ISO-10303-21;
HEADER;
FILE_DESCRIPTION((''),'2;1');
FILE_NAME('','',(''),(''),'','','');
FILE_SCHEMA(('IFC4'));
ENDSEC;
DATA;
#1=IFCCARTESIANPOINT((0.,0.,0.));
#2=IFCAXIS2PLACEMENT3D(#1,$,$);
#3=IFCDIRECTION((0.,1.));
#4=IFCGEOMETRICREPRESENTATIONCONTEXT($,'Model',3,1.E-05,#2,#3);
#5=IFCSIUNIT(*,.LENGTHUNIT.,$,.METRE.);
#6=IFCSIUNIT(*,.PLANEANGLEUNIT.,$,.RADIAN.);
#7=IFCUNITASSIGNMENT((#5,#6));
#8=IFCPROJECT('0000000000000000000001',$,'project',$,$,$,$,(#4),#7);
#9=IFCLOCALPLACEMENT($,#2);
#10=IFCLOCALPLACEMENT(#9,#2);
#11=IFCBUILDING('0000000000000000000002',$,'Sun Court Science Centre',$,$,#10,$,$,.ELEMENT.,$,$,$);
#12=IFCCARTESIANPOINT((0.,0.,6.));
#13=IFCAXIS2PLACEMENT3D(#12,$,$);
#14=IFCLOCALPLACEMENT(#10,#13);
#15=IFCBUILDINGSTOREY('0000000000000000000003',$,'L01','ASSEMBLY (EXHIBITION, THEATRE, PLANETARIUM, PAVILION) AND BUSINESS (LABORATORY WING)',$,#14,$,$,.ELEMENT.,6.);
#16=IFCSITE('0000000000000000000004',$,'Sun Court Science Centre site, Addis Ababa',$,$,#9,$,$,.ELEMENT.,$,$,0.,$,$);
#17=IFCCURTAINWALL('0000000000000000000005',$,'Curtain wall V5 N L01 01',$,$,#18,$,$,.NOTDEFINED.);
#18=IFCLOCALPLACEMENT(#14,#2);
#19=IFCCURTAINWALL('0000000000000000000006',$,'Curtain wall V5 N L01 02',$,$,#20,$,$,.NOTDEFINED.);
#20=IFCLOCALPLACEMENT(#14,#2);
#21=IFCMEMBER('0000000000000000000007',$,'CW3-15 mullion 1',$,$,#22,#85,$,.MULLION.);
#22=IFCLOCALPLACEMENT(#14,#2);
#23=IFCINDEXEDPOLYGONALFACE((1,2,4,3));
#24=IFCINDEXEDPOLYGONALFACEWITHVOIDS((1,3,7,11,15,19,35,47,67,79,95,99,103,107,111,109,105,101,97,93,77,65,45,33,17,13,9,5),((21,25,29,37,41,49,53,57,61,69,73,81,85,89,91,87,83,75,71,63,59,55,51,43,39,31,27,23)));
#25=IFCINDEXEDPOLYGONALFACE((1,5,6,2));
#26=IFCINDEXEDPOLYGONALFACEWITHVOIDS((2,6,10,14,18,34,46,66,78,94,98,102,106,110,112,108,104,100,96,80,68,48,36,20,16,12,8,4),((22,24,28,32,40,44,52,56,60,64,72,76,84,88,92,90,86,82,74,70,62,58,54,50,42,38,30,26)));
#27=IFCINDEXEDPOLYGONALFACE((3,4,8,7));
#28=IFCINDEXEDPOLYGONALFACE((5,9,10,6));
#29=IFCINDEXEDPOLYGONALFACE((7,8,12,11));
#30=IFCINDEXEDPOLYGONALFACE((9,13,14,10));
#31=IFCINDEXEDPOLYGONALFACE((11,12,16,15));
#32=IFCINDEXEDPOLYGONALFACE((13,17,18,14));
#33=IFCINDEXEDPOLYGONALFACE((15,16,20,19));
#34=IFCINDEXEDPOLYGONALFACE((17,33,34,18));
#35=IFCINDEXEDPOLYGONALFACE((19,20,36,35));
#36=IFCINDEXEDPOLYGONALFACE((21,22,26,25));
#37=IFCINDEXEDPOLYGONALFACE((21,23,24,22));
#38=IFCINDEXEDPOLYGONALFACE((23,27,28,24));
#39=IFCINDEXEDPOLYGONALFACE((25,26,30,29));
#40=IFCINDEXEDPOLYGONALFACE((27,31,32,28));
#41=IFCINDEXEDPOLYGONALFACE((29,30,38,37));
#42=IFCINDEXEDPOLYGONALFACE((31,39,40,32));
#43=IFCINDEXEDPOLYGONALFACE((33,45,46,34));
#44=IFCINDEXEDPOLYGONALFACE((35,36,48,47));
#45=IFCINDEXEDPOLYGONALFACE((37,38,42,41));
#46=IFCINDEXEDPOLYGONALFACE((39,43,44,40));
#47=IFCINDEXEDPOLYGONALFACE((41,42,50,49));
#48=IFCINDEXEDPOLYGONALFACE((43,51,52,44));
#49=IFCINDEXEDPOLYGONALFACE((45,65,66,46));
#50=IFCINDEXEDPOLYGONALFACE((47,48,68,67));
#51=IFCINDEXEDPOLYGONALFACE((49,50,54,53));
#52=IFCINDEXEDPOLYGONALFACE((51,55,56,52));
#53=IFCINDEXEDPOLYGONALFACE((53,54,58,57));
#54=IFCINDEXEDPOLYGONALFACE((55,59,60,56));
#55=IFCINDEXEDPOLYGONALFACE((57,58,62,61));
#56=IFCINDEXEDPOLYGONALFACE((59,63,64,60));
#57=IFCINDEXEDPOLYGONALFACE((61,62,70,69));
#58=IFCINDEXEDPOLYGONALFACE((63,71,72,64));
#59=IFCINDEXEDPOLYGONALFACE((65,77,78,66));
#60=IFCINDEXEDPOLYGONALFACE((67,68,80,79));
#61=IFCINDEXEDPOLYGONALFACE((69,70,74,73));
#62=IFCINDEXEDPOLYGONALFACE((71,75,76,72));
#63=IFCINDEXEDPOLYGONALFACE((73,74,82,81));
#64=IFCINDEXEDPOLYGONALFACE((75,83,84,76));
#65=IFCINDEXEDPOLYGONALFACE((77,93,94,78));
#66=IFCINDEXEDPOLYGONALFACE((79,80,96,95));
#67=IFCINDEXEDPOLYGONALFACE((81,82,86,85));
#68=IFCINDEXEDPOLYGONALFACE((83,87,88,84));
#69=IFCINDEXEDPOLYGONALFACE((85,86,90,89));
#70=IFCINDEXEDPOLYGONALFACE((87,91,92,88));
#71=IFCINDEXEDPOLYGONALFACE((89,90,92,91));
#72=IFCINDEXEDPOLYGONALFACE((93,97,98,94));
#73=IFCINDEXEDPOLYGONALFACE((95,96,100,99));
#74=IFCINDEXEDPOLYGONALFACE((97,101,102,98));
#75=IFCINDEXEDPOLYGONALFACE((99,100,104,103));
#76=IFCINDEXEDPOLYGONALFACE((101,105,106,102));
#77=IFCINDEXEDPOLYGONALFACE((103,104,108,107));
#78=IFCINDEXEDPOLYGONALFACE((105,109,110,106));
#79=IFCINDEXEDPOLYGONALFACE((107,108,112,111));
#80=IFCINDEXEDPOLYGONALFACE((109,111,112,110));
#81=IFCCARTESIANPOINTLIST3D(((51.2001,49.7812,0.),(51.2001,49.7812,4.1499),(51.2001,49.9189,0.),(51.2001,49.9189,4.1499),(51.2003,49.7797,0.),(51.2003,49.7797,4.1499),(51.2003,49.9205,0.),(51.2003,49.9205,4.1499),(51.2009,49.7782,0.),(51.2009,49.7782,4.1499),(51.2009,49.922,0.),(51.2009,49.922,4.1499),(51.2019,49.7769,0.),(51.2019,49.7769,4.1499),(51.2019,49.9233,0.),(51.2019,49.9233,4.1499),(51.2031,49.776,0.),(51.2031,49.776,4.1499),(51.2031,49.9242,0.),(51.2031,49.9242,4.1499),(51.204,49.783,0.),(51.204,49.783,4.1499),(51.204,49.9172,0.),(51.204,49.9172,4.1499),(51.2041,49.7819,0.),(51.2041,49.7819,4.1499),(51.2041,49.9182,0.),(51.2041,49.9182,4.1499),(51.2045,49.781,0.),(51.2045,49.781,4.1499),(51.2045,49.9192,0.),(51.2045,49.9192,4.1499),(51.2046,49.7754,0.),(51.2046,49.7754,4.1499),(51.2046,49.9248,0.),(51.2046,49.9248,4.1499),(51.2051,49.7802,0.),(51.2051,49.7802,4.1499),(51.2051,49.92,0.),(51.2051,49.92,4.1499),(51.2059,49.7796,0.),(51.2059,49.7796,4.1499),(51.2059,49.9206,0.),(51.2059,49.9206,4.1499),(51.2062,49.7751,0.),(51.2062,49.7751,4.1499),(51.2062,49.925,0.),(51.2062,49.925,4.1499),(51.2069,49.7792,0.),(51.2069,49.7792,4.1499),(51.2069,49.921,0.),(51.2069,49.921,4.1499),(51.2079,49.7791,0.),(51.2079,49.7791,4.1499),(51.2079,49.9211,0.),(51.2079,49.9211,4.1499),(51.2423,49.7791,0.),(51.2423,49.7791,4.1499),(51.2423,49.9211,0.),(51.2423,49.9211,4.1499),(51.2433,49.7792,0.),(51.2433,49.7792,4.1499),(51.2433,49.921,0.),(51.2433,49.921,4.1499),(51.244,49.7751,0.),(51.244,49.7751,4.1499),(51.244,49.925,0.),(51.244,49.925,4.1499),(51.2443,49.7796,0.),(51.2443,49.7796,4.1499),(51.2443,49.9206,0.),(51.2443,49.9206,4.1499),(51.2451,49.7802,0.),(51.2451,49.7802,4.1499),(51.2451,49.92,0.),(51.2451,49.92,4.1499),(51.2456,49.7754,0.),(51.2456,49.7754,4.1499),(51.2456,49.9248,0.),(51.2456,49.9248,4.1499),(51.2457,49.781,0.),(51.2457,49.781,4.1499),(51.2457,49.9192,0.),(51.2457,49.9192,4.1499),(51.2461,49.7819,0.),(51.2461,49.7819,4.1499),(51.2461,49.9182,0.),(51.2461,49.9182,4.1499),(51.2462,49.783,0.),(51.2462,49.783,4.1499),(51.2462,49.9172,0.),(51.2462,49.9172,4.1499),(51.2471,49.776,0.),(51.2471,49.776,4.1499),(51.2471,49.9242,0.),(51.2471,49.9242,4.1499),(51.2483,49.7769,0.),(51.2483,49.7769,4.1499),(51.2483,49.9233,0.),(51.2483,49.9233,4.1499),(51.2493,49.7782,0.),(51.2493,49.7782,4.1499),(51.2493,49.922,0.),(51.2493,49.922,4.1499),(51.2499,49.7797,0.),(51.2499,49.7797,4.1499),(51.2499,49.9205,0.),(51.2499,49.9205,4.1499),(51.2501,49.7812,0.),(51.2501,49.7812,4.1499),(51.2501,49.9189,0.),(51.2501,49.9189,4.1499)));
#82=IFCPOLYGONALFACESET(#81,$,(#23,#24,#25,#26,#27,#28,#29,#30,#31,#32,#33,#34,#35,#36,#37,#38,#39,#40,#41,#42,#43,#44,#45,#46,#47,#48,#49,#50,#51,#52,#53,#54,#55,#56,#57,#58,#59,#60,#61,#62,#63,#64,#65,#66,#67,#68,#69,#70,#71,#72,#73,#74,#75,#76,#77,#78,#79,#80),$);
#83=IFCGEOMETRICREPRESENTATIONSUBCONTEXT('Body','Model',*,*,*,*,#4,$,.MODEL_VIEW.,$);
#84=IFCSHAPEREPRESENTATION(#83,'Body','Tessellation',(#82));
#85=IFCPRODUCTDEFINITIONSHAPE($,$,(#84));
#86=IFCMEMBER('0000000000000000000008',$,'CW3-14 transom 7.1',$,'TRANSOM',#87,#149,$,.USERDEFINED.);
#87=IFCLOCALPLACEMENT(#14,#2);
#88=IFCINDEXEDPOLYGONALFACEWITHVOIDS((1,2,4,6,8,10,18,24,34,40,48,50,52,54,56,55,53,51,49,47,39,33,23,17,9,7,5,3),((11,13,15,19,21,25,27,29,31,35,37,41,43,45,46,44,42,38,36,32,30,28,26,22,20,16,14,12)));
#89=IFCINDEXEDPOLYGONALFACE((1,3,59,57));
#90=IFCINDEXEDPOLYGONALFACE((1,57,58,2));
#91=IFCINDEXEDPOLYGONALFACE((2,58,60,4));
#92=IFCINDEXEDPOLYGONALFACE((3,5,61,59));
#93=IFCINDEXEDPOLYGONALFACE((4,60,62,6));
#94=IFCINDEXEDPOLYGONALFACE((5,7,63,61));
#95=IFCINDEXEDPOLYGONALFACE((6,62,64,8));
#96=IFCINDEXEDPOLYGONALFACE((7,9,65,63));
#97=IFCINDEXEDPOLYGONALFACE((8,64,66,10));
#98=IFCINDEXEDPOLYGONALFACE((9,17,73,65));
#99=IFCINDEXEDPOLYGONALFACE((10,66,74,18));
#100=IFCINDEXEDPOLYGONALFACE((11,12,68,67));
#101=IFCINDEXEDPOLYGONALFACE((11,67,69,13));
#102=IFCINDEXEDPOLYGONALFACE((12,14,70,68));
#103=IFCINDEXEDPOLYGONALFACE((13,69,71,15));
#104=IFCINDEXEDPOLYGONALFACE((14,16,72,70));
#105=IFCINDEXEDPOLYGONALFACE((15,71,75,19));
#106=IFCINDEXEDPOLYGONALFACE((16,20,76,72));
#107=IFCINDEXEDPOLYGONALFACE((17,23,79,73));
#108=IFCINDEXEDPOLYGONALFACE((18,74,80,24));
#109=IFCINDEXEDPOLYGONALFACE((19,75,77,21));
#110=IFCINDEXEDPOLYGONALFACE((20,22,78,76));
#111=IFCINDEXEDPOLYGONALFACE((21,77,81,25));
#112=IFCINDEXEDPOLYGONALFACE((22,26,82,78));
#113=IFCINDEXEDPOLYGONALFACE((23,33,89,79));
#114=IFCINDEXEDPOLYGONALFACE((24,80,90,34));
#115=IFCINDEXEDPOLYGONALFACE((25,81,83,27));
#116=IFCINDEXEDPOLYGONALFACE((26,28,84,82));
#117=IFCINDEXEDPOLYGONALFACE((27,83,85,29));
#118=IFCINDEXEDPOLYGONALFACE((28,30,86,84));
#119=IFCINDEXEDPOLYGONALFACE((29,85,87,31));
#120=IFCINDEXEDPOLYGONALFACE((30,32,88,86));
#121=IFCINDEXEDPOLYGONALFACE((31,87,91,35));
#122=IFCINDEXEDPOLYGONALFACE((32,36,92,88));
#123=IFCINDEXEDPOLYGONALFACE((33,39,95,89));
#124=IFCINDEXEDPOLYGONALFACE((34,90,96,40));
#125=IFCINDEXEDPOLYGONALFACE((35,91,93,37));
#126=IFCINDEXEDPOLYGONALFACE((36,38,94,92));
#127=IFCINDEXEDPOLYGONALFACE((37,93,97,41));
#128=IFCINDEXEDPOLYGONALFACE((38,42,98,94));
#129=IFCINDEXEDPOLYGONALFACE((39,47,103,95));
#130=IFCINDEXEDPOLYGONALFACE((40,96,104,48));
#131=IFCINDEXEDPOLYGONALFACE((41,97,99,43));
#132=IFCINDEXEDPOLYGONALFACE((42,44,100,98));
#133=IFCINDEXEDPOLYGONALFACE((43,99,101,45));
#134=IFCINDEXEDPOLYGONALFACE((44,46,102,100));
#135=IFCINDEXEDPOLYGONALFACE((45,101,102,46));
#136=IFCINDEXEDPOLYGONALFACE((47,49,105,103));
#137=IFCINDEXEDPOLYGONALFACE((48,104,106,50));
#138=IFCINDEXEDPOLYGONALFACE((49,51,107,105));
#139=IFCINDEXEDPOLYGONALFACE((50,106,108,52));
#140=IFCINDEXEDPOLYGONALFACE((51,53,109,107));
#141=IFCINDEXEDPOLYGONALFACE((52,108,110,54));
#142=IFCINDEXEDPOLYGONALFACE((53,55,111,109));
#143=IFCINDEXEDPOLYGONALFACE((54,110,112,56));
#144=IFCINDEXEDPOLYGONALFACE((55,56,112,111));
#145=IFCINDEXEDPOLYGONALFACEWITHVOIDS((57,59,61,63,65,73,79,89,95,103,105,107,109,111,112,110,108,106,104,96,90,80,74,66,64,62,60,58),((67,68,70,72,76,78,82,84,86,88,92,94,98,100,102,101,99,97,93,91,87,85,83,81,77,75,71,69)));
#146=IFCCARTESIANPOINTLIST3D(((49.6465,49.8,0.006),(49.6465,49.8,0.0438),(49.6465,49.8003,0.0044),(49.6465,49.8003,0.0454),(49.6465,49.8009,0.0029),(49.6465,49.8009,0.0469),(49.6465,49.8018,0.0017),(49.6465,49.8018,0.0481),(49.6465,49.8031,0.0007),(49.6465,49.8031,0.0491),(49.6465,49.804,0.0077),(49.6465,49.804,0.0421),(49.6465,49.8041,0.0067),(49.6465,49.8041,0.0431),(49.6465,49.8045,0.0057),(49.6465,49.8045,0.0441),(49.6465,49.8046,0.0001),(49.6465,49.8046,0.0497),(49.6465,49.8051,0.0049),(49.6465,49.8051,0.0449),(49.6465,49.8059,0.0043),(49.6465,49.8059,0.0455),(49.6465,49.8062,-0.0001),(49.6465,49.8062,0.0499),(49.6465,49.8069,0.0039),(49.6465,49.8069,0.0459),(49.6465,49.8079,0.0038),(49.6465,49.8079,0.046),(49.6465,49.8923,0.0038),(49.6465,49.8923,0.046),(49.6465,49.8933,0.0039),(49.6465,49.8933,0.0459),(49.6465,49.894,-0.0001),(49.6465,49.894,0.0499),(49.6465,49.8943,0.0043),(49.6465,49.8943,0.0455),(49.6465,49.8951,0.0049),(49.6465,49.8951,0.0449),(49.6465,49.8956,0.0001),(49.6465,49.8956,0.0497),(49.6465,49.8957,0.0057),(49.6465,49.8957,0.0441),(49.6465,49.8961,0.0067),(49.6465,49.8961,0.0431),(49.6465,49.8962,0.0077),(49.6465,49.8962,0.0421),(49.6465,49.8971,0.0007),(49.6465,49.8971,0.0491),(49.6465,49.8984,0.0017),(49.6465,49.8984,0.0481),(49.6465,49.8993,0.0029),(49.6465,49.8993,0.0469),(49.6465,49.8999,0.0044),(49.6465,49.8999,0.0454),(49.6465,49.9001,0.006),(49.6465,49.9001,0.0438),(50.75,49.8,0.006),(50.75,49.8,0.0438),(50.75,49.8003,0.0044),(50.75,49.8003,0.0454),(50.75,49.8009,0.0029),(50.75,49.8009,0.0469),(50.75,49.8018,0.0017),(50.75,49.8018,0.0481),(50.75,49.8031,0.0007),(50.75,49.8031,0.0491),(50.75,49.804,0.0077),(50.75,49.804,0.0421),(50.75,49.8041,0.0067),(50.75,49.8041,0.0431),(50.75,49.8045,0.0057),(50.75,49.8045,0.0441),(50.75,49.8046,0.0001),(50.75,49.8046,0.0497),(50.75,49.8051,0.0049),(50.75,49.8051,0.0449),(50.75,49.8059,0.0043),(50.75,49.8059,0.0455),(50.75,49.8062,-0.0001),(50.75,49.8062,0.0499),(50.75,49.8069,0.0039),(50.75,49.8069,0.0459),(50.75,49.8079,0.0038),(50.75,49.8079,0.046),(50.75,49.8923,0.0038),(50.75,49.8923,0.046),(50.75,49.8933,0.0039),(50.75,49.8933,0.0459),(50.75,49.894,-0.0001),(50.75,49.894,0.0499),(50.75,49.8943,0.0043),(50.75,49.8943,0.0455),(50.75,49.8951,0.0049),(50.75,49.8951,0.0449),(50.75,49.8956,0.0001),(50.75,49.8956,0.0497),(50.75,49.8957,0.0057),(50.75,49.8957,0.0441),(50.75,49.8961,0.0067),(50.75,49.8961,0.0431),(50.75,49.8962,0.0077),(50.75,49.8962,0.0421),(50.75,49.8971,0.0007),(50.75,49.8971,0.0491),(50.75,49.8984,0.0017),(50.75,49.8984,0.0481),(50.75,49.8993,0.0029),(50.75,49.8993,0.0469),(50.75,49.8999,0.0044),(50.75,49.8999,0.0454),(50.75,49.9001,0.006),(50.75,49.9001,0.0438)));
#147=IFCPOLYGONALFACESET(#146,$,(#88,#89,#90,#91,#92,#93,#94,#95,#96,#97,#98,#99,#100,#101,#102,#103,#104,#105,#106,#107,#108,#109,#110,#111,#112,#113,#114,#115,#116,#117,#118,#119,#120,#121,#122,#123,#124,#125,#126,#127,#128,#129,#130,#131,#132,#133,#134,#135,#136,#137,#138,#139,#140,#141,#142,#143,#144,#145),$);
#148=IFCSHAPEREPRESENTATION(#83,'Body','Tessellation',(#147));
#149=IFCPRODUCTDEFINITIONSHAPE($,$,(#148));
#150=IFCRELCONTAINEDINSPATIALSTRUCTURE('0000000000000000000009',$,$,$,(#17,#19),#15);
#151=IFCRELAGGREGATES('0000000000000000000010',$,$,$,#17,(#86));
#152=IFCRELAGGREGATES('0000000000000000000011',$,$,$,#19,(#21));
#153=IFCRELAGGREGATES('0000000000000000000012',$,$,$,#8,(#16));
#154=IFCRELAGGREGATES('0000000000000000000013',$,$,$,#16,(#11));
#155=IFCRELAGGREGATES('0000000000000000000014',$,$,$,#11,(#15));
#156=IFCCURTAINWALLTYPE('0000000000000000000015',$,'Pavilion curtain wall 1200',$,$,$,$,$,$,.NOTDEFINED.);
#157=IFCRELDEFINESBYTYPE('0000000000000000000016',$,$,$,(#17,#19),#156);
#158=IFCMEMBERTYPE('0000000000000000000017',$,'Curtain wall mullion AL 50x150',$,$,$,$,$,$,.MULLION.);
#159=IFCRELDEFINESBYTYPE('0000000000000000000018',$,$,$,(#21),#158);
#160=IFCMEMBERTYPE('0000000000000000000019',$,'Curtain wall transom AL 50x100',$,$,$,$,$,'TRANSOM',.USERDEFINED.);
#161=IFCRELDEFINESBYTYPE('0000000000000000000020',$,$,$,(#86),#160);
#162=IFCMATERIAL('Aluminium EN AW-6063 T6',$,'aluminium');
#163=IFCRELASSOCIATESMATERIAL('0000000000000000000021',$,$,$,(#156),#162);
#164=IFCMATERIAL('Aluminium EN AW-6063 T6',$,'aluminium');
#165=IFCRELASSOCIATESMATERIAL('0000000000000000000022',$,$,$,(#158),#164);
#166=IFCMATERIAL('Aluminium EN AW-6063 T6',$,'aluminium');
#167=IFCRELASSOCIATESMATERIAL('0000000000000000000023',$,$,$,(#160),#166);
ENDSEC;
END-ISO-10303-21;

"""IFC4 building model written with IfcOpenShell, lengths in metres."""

from ifc_helpers import new_model, si_unit, direction, frame, origin, origin_2d, place, context, subcontext, project, spatial, hollow_rectangle, extrude, material, material_profile, profile_set, type_object, element, aggregate, save


model = new_model("IFC4")

# Units and contexts
model_context = context("Model", 3, precision=1e-05, world=origin(), true_north=direction((0.0, 1.0)))
body_context = subcontext(model_context, "Body", "Model", "MODEL_VIEW")
ifc_project = project(units=[si_unit("LENGTHUNIT", "METRE"), si_unit("PLANEANGLEUNIT", "RADIAN")], contexts=[model_context])

# Site, building, storey
site_placement = place(None, origin())
site = spatial("IfcSite", under=ifc_project, at=site_placement, Name="Sun Court Science Centre site, Addis Ababa", CompositionType="ELEMENT", RefElevation=0.0)
building_placement = place(site_placement, origin())
building = spatial("IfcBuilding", under=site, at=building_placement, Name="Sun Court Science Centre", CompositionType="ELEMENT")
storey_placement = place(building_placement, frame((0.0, 0.0, 6.0)))
storey = spatial("IfcBuildingStorey", under=building, at=storey_placement, Name="L01", Description="ASSEMBLY (EXHIBITION, THEATRE, PLANETARIUM, PAVILION) AND BUSINESS (LABORATORY WING)", CompositionType="ELEMENT", Elevation=6.0)

# Curtain wall
ifc_material_1 = material(Name="Aluminium EN AW-6063 T6", Category="aluminium")
curtain_wall_type = type_object("IfcCurtainWallType", Name="Pavilion curtain wall 1200", PredefinedType="NOTDEFINED", material=ifc_material_1)
curtain_wall_1_placement = place(storey_placement, origin())
curtain_wall_1 = element("IfcCurtainWall", 1, at=curtain_wall_1_placement, inside=storey, type_object=curtain_wall_type, Name="Curtain wall V5 N L01 01", PredefinedType="NOTDEFINED")
ifc_material_2 = material(Name="Aluminium EN AW-6063 T6", Category="aluminium")
ifc_material_profile_1 = material_profile(ifc_material_2, hollow_rectangle(XDim=0.05, YDim=0.1499, WallThickness=0.0039, InnerFilletRadius=0.0039, OuterFilletRadius=0.0061, at=origin_2d()), Name="AL 50x150x4")
ifc_profile_set_1 = profile_set([ifc_material_profile_1], Name="Aluminium EN AW-6063 T6")
member_type_1 = type_object("IfcMemberType", Name="Curtain wall mullion AL 50x150", PredefinedType="MULLION", material=ifc_profile_set_1)

# Curtain wall, member
curtain_wall_2_placement = place(storey_placement, origin())
curtain_wall_2 = element("IfcCurtainWall", 2, at=curtain_wall_2_placement, inside=storey, type_object=curtain_wall_type, Name="Curtain wall V5 N L01 02", PredefinedType="NOTDEFINED")
member_1_placement = place(storey_placement, frame((51.2251, 49.8501, 0.0), z_axis=(0.0, 0.0, 1.0), x_axis=(1.0, 0.0, 0.0)))
member_1 = element("IfcMember", 3, at=member_1_placement, type_object=member_type_1, Name="CW3-15 mullion 1", PredefinedType="MULLION", context=body_context, shape_type="SweptSolid", body=[
    extrude(hollow_rectangle(XDim=0.05, YDim=0.1499, WallThickness=0.0039, InnerFilletRadius=0.0039, OuterFilletRadius=0.0061, at=origin_2d()), origin(), (0.0, 0.0, 1.0), 4.1499),
])

# Member
ifc_material_3 = material(Name="Aluminium EN AW-6063 T6", Category="aluminium")
ifc_material_profile_2 = material_profile(ifc_material_3, hollow_rectangle(XDim=0.05, YDim=0.1001, WallThickness=0.0039, InnerFilletRadius=0.0039, OuterFilletRadius=0.0061, at=origin_2d()), Name="AL 50x100x4")
ifc_profile_set_2 = profile_set([ifc_material_profile_2], Name="Aluminium EN AW-6063 T6")
member_type_2 = type_object("IfcMemberType", Name="Curtain wall transom AL 50x100", ElementType="TRANSOM", PredefinedType="USERDEFINED", material=ifc_profile_set_2)
member_2_placement = place(storey_placement, frame((49.6465, 49.8501, 0.0249), z_axis=(1.0, 0.0, 0.0), x_axis=(0.0, 0.0, 1.0)))
member_2 = element("IfcMember", 4, at=member_2_placement, type_object=member_type_2, Name="CW3-14 transom 7.1", ObjectType="TRANSOM", PredefinedType="USERDEFINED", context=body_context, shape_type="SweptSolid", body=[
    extrude(hollow_rectangle(XDim=0.05, YDim=0.1001, WallThickness=0.0039, InnerFilletRadius=0.0039, OuterFilletRadius=0.0061, at=origin_2d()), origin(), (0.0, 0.0, 1.0), 1.1035),
])

aggregate(curtain_wall_1, [member_2])
aggregate(curtain_wall_2, [member_1])

save(model, "model.ifc")
